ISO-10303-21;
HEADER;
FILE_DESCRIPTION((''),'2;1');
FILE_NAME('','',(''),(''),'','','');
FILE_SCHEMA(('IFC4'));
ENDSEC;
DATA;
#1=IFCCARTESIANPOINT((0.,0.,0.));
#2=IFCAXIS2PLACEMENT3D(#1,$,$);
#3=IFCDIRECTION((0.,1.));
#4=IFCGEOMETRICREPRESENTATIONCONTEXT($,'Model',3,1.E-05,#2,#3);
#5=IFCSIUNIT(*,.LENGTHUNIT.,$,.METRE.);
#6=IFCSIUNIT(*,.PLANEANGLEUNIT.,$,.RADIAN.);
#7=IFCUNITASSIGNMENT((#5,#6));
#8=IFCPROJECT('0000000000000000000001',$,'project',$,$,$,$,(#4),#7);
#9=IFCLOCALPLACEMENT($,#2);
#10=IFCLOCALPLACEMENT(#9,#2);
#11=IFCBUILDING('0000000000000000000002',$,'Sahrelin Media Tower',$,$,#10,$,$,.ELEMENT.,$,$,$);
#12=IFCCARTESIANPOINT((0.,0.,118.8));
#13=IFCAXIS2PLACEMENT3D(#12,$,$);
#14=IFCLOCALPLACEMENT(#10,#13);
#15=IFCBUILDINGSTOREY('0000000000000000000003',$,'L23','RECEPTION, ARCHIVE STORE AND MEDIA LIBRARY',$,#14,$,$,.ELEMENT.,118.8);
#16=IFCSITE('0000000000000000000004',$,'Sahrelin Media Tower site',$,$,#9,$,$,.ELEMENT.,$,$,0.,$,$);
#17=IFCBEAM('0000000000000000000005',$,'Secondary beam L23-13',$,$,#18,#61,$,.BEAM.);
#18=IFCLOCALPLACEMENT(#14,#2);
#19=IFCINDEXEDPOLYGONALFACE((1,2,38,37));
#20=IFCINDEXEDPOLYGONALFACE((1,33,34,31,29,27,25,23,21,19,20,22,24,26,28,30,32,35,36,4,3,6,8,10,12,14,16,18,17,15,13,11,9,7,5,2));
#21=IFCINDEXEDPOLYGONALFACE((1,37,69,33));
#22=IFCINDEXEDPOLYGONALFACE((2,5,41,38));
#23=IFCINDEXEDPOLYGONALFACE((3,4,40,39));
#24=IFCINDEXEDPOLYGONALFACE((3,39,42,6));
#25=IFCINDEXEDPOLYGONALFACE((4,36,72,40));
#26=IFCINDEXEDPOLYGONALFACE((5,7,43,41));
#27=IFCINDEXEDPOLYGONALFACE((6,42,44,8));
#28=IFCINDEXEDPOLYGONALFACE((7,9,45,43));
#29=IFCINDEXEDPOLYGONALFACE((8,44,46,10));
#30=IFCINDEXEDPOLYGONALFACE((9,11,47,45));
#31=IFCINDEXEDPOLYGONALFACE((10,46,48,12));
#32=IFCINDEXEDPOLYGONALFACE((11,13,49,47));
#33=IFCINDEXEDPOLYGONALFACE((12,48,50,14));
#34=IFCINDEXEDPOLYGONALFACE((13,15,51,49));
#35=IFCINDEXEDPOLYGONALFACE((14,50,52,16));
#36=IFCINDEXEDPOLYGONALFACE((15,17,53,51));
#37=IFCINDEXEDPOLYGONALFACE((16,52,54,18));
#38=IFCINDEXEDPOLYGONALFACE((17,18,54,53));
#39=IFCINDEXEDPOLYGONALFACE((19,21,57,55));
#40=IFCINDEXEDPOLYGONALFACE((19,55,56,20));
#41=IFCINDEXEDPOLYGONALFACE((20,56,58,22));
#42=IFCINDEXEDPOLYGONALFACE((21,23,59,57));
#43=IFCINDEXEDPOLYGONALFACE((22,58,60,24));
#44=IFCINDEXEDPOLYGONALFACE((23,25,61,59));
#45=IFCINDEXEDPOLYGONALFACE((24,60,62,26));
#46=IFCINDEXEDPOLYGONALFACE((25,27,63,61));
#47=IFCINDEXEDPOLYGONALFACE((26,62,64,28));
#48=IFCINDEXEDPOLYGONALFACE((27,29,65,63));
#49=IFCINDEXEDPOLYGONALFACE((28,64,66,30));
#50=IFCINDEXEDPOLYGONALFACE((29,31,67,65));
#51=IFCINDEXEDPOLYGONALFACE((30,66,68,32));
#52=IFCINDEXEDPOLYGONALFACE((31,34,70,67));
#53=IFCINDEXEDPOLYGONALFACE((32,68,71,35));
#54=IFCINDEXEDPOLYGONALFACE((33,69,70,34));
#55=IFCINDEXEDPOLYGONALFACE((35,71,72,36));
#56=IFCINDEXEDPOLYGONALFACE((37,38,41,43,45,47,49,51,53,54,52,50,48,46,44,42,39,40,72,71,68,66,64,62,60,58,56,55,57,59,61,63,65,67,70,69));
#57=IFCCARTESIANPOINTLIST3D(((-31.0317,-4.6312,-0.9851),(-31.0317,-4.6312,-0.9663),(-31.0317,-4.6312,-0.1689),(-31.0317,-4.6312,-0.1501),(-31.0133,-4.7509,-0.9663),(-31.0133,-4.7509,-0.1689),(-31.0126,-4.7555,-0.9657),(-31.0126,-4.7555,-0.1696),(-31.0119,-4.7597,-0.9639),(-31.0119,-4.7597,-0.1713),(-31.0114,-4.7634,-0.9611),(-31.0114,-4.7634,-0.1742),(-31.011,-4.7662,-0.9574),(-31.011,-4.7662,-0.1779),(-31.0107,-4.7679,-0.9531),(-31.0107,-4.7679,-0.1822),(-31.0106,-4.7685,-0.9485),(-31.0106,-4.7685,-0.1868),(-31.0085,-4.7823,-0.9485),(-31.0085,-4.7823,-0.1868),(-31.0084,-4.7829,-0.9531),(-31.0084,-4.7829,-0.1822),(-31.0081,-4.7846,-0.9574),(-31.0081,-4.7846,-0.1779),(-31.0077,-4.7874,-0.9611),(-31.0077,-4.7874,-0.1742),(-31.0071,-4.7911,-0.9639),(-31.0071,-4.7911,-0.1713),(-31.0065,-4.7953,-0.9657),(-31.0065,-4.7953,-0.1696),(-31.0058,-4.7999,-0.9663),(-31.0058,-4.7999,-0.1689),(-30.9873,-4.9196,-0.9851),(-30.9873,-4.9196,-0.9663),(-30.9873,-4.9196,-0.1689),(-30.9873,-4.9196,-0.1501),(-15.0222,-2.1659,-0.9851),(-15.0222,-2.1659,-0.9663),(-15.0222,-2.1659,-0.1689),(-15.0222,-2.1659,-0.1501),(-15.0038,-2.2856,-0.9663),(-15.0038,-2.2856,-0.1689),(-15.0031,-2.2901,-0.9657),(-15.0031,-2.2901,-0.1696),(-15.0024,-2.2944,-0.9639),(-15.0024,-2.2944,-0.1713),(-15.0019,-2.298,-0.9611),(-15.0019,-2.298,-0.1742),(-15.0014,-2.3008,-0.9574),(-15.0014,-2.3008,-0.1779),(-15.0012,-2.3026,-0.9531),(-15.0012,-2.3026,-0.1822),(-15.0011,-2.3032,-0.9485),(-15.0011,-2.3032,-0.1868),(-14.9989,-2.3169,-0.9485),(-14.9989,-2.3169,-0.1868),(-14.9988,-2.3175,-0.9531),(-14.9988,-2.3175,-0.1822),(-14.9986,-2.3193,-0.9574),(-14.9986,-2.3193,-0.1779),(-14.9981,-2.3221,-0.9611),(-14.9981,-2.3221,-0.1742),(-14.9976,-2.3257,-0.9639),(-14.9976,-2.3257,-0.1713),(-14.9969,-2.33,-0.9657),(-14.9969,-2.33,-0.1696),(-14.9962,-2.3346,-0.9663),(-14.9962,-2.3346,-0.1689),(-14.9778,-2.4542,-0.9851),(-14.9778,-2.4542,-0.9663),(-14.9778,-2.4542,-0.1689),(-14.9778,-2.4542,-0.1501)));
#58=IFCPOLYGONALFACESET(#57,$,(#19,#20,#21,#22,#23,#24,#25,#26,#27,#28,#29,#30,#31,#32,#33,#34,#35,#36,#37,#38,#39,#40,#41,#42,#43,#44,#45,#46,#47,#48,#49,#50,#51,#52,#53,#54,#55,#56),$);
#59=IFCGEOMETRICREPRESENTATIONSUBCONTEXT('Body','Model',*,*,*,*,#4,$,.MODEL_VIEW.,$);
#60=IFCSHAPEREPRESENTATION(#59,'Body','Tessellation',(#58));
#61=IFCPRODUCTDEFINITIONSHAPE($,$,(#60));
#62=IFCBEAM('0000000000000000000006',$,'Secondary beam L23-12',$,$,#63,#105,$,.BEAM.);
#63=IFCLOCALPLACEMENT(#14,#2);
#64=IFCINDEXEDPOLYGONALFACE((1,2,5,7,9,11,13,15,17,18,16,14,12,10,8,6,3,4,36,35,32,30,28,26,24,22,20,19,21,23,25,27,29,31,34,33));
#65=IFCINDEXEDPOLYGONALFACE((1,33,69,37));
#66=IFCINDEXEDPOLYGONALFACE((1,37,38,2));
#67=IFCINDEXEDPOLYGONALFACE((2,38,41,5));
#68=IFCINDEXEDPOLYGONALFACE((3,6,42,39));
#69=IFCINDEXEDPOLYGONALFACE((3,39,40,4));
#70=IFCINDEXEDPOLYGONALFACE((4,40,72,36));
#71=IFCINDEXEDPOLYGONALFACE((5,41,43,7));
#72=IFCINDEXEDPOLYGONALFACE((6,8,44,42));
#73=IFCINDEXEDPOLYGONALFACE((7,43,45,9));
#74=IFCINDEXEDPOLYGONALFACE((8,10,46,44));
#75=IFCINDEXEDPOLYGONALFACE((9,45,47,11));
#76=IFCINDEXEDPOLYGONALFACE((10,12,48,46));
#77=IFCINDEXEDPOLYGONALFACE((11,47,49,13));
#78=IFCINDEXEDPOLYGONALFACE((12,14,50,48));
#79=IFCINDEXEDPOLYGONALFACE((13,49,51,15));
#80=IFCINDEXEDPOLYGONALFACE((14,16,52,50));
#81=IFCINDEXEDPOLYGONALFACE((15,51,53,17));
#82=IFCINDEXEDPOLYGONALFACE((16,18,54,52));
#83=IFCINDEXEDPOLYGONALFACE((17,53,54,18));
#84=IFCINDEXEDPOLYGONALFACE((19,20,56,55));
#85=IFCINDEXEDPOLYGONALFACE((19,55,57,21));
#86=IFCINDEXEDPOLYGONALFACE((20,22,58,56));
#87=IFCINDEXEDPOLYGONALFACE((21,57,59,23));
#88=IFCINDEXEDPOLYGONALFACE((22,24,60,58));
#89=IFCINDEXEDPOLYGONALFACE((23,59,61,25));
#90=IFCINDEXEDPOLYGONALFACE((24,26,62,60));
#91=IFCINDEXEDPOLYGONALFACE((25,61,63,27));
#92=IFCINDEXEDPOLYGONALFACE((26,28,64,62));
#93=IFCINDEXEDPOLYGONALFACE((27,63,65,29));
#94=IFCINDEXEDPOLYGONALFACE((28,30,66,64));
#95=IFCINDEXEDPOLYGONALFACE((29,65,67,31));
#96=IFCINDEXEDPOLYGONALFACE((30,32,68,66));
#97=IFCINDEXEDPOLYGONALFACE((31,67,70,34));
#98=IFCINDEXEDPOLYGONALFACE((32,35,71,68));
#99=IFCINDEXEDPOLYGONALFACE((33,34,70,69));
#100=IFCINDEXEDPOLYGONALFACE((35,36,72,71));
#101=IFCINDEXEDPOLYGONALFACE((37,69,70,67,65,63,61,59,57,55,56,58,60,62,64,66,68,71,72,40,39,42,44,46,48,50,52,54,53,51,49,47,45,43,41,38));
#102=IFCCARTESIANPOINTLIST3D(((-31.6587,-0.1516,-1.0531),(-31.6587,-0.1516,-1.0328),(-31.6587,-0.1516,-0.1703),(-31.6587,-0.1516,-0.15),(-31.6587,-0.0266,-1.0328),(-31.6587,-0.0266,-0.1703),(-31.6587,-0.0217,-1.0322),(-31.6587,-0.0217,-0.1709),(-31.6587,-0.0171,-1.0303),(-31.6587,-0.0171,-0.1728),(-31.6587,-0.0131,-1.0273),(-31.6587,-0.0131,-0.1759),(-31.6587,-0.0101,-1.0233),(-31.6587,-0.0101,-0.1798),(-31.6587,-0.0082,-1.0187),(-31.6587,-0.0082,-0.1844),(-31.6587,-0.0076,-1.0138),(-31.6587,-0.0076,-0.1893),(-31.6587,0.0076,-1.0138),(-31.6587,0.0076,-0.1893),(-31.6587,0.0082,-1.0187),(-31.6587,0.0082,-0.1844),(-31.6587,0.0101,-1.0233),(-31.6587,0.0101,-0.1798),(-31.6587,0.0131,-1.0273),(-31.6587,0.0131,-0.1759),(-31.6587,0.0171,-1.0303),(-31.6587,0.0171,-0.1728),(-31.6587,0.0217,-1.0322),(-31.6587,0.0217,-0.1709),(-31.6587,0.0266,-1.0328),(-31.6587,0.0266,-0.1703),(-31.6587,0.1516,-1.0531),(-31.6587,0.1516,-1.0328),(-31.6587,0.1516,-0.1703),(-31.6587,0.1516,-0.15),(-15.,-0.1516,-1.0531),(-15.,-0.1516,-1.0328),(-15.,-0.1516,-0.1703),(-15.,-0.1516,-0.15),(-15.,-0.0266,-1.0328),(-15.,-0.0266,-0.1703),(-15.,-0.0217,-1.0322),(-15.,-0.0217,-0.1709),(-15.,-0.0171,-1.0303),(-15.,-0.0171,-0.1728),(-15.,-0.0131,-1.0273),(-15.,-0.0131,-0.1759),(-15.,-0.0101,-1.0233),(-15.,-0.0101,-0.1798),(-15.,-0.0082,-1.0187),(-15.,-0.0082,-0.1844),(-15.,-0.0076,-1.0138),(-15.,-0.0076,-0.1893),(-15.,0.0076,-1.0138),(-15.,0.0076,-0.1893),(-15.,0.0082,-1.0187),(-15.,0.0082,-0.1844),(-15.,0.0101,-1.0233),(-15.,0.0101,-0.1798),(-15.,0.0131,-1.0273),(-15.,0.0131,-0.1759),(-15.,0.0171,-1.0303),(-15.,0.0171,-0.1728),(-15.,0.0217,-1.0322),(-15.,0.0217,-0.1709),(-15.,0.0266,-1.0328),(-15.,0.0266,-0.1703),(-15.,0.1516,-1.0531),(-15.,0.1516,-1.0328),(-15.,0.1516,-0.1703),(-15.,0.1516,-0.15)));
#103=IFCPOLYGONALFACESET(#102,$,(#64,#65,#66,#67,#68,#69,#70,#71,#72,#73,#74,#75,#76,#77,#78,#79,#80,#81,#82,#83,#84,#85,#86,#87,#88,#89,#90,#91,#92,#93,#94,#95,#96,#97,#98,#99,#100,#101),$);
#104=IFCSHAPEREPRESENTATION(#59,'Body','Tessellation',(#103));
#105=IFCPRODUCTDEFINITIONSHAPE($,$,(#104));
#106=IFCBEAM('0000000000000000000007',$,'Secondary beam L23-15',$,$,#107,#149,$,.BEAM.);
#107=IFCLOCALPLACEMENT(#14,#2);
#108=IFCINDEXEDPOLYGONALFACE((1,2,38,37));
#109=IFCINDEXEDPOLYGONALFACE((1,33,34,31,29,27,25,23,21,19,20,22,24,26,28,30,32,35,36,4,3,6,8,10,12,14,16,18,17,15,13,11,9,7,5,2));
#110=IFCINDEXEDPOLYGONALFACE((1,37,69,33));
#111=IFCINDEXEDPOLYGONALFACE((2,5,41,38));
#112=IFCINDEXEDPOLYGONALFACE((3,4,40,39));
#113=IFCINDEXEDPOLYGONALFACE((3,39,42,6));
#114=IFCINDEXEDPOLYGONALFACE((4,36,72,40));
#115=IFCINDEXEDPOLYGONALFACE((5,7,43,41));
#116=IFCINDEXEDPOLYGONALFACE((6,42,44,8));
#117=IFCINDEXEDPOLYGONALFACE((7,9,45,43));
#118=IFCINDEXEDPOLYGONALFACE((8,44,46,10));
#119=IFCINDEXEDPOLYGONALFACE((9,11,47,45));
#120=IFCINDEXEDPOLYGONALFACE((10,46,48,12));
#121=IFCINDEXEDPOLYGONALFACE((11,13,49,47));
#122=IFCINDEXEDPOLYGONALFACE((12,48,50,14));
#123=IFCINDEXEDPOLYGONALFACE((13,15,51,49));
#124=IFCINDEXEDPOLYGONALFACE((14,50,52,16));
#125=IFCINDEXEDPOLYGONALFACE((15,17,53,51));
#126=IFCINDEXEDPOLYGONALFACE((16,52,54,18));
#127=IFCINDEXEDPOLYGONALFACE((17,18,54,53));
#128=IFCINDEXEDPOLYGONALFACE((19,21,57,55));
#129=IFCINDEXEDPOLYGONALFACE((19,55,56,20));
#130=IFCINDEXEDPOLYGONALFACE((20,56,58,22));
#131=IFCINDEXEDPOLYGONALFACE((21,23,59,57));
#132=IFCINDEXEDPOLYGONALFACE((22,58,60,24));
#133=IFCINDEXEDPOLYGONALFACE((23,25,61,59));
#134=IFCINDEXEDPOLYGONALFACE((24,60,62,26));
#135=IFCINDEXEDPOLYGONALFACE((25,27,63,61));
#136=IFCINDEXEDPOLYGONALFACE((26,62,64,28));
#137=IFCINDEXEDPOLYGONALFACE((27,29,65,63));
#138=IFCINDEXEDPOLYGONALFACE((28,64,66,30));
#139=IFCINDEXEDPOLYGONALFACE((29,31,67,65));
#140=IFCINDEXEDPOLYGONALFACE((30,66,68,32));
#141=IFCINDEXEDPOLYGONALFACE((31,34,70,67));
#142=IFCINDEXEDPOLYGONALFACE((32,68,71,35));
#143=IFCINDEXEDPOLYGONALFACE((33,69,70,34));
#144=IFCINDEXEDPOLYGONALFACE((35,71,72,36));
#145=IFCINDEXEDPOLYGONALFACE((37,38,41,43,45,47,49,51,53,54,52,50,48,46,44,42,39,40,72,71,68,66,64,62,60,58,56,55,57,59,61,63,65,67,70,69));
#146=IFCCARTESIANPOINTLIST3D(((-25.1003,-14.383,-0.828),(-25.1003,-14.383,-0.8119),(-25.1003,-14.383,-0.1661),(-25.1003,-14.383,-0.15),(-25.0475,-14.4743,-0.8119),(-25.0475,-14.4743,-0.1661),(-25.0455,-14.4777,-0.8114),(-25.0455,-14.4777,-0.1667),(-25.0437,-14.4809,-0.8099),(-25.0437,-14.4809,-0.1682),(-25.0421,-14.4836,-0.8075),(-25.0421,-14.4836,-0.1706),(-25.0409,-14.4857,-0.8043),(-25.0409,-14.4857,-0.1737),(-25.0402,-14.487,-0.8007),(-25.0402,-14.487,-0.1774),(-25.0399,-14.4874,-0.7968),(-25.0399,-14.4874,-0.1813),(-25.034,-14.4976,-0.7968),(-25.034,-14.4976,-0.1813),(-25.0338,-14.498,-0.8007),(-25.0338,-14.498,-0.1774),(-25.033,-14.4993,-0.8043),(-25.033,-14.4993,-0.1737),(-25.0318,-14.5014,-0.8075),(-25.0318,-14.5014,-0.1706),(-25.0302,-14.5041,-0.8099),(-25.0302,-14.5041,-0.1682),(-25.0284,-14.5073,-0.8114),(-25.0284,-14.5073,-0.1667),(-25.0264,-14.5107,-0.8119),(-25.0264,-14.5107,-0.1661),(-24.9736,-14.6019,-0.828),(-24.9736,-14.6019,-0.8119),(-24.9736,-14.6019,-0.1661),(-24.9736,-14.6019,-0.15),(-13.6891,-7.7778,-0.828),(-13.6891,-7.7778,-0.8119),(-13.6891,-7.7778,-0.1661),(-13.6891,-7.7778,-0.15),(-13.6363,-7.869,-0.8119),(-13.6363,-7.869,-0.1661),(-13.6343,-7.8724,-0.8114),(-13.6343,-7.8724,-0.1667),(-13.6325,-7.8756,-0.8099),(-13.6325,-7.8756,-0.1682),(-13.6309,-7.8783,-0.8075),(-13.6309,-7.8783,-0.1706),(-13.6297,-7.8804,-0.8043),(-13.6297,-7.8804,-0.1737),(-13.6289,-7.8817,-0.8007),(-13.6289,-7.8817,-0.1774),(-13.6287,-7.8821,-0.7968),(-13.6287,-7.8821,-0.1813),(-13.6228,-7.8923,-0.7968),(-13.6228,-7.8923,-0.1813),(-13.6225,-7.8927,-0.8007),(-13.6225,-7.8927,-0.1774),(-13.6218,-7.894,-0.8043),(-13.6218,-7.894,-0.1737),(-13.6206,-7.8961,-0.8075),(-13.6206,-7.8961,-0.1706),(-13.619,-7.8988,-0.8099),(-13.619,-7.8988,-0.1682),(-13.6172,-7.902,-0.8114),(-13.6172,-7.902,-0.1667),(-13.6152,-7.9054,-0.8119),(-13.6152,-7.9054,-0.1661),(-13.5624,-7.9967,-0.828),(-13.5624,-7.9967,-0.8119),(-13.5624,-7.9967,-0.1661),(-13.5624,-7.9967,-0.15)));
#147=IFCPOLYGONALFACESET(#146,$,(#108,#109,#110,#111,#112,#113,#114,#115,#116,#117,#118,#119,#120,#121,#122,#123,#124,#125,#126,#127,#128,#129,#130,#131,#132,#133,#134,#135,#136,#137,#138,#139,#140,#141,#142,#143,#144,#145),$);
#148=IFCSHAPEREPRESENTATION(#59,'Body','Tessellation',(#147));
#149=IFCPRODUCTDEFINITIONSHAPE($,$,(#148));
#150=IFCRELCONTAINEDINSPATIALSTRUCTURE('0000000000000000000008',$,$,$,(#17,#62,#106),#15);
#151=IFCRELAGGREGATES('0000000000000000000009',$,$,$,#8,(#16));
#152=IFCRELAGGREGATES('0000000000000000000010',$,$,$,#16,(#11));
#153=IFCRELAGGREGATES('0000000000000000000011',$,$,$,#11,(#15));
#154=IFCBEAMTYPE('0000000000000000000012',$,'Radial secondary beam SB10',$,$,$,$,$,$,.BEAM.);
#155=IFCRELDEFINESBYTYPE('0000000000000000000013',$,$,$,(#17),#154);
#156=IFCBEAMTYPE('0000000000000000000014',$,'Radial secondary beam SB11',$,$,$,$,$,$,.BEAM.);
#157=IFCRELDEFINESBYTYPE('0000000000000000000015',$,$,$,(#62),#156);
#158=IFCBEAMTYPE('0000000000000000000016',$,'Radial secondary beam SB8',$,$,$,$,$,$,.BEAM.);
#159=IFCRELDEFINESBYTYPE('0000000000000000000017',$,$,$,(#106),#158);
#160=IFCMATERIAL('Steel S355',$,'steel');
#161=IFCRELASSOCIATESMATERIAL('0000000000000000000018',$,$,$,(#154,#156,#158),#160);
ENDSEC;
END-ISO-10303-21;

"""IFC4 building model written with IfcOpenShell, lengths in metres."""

from ifc_helpers import new_model, si_unit, direction, frame, origin, origin_2d, place, context, subcontext, project, spatial, i_section, extrude, material, material_profile, profile_set, type_object, element, save


model = new_model("IFC4")

# Units and contexts
model_context = context("Model", 3, precision=1e-05, world=origin(), true_north=direction((0.0, 1.0)))
body_context = subcontext(model_context, "Body", "Model", "MODEL_VIEW")
ifc_project = project(units=[si_unit("LENGTHUNIT", "METRE"), si_unit("PLANEANGLEUNIT", "RADIAN")], contexts=[model_context])

# Site, building, storey
site_placement = place(None, origin())
site = spatial("IfcSite", under=ifc_project, at=site_placement, Name="Sahrelin Media Tower site", CompositionType="ELEMENT", RefElevation=0.0)
building_placement = place(site_placement, origin())
building = spatial("IfcBuilding", under=site, at=building_placement, Name="Sahrelin Media Tower", CompositionType="ELEMENT")
storey_placement = place(building_placement, frame((0.0, 0.0, 118.8)))
storey = spatial("IfcBuildingStorey", under=building, at=storey_placement, Name="L23", Description="RECEPTION, ARCHIVE STORE AND MEDIA LIBRARY", CompositionType="ELEMENT", Elevation=118.8)

# Beams
ifc_material_1 = material(Name="Steel S355", Category="steel")
ifc_material_profile_1 = material_profile(ifc_material_1, i_section(OverallWidth=0.2917, OverallDepth=0.835, WebThickness=0.0139, FlangeThickness=0.0188, FilletRadius=0.0178, at=origin_2d()), Name="UB 838x292x176")
ifc_profile_set_1 = profile_set([ifc_material_profile_1], Name="Steel S355")
beam_type_1 = type_object("IfcBeamType", Name="Radial secondary beam SB10", PredefinedType="BEAM", material=ifc_profile_set_1)
beam_1_placement = place(storey_placement, frame((-15.0, -2.3101, -0.5676), z_axis=(-0.98835, -0.152198, 0.0), x_axis=(0.152198, -0.98835, 0.0)))
element("IfcBeam", 1, at=beam_1_placement, inside=storey, type_object=beam_type_1, Name="Secondary beam L23-13", PredefinedType="BEAM", context=body_context, shape_type="SweptSolid", body=[
    extrude(i_section(OverallWidth=0.2917, OverallDepth=0.835, WebThickness=0.0139, FlangeThickness=0.0188, FilletRadius=0.0178, at=origin_2d()), origin(), (0.0, 0.0, 1.0), 16.1982),
])
ifc_material_profile_2 = material_profile(ifc_material_1, i_section(OverallWidth=0.3032, OverallDepth=0.9031, WebThickness=0.0151, FlangeThickness=0.0203, FilletRadius=0.019, at=origin_2d()), Name="UB 914x305x201")
ifc_profile_set_2 = profile_set([ifc_material_profile_2], Name="Steel S355")
beam_type_2 = type_object("IfcBeamType", Name="Radial secondary beam SB11", PredefinedType="BEAM", material=ifc_profile_set_2)
beam_2_placement = place(storey_placement, frame((-15.0, 0.0, -0.6016), z_axis=(-1.0, 0.0, 0.0), x_axis=(0.0, -1.0, 0.0)))
element("IfcBeam", 2, at=beam_2_placement, inside=storey, type_object=beam_type_2, Name="Secondary beam L23-12", PredefinedType="BEAM", context=body_context, shape_type="SweptSolid", body=[
    extrude(i_section(OverallWidth=0.3032, OverallDepth=0.9031, WebThickness=0.0151, FlangeThickness=0.0203, FilletRadius=0.019, at=origin_2d()), origin(), (0.0, 0.0, 1.0), 16.6587),
])
ifc_material_profile_3 = material_profile(ifc_material_1, i_section(OverallWidth=0.2529, OverallDepth=0.678, WebThickness=0.0117, FlangeThickness=0.0161, FilletRadius=0.0151, at=origin_2d()), Name="UB 686x254x125")
ifc_profile_set_3 = profile_set([ifc_material_profile_3], Name="Steel S355")
beam_type_3 = type_object("IfcBeamType", Name="Radial secondary beam SB8", PredefinedType="BEAM", material=ifc_profile_set_3)
beam_3_placement = place(storey_placement, frame((-13.6257, -7.8872, -0.489), z_axis=(-0.865466, -0.500967, 0.0), x_axis=(0.500967, -0.865466, 0.0)))
element("IfcBeam", 3, at=beam_3_placement, inside=storey, type_object=beam_type_3, Name="Secondary beam L23-15", PredefinedType="BEAM", context=body_context, shape_type="SweptSolid", body=[
    extrude(i_section(OverallWidth=0.2529, OverallDepth=0.678, WebThickness=0.0117, FlangeThickness=0.0161, FilletRadius=0.0151, at=origin_2d()), origin(), (0.0, 0.0, 1.0), 13.1851),
])

save(model, "model.ifc")
